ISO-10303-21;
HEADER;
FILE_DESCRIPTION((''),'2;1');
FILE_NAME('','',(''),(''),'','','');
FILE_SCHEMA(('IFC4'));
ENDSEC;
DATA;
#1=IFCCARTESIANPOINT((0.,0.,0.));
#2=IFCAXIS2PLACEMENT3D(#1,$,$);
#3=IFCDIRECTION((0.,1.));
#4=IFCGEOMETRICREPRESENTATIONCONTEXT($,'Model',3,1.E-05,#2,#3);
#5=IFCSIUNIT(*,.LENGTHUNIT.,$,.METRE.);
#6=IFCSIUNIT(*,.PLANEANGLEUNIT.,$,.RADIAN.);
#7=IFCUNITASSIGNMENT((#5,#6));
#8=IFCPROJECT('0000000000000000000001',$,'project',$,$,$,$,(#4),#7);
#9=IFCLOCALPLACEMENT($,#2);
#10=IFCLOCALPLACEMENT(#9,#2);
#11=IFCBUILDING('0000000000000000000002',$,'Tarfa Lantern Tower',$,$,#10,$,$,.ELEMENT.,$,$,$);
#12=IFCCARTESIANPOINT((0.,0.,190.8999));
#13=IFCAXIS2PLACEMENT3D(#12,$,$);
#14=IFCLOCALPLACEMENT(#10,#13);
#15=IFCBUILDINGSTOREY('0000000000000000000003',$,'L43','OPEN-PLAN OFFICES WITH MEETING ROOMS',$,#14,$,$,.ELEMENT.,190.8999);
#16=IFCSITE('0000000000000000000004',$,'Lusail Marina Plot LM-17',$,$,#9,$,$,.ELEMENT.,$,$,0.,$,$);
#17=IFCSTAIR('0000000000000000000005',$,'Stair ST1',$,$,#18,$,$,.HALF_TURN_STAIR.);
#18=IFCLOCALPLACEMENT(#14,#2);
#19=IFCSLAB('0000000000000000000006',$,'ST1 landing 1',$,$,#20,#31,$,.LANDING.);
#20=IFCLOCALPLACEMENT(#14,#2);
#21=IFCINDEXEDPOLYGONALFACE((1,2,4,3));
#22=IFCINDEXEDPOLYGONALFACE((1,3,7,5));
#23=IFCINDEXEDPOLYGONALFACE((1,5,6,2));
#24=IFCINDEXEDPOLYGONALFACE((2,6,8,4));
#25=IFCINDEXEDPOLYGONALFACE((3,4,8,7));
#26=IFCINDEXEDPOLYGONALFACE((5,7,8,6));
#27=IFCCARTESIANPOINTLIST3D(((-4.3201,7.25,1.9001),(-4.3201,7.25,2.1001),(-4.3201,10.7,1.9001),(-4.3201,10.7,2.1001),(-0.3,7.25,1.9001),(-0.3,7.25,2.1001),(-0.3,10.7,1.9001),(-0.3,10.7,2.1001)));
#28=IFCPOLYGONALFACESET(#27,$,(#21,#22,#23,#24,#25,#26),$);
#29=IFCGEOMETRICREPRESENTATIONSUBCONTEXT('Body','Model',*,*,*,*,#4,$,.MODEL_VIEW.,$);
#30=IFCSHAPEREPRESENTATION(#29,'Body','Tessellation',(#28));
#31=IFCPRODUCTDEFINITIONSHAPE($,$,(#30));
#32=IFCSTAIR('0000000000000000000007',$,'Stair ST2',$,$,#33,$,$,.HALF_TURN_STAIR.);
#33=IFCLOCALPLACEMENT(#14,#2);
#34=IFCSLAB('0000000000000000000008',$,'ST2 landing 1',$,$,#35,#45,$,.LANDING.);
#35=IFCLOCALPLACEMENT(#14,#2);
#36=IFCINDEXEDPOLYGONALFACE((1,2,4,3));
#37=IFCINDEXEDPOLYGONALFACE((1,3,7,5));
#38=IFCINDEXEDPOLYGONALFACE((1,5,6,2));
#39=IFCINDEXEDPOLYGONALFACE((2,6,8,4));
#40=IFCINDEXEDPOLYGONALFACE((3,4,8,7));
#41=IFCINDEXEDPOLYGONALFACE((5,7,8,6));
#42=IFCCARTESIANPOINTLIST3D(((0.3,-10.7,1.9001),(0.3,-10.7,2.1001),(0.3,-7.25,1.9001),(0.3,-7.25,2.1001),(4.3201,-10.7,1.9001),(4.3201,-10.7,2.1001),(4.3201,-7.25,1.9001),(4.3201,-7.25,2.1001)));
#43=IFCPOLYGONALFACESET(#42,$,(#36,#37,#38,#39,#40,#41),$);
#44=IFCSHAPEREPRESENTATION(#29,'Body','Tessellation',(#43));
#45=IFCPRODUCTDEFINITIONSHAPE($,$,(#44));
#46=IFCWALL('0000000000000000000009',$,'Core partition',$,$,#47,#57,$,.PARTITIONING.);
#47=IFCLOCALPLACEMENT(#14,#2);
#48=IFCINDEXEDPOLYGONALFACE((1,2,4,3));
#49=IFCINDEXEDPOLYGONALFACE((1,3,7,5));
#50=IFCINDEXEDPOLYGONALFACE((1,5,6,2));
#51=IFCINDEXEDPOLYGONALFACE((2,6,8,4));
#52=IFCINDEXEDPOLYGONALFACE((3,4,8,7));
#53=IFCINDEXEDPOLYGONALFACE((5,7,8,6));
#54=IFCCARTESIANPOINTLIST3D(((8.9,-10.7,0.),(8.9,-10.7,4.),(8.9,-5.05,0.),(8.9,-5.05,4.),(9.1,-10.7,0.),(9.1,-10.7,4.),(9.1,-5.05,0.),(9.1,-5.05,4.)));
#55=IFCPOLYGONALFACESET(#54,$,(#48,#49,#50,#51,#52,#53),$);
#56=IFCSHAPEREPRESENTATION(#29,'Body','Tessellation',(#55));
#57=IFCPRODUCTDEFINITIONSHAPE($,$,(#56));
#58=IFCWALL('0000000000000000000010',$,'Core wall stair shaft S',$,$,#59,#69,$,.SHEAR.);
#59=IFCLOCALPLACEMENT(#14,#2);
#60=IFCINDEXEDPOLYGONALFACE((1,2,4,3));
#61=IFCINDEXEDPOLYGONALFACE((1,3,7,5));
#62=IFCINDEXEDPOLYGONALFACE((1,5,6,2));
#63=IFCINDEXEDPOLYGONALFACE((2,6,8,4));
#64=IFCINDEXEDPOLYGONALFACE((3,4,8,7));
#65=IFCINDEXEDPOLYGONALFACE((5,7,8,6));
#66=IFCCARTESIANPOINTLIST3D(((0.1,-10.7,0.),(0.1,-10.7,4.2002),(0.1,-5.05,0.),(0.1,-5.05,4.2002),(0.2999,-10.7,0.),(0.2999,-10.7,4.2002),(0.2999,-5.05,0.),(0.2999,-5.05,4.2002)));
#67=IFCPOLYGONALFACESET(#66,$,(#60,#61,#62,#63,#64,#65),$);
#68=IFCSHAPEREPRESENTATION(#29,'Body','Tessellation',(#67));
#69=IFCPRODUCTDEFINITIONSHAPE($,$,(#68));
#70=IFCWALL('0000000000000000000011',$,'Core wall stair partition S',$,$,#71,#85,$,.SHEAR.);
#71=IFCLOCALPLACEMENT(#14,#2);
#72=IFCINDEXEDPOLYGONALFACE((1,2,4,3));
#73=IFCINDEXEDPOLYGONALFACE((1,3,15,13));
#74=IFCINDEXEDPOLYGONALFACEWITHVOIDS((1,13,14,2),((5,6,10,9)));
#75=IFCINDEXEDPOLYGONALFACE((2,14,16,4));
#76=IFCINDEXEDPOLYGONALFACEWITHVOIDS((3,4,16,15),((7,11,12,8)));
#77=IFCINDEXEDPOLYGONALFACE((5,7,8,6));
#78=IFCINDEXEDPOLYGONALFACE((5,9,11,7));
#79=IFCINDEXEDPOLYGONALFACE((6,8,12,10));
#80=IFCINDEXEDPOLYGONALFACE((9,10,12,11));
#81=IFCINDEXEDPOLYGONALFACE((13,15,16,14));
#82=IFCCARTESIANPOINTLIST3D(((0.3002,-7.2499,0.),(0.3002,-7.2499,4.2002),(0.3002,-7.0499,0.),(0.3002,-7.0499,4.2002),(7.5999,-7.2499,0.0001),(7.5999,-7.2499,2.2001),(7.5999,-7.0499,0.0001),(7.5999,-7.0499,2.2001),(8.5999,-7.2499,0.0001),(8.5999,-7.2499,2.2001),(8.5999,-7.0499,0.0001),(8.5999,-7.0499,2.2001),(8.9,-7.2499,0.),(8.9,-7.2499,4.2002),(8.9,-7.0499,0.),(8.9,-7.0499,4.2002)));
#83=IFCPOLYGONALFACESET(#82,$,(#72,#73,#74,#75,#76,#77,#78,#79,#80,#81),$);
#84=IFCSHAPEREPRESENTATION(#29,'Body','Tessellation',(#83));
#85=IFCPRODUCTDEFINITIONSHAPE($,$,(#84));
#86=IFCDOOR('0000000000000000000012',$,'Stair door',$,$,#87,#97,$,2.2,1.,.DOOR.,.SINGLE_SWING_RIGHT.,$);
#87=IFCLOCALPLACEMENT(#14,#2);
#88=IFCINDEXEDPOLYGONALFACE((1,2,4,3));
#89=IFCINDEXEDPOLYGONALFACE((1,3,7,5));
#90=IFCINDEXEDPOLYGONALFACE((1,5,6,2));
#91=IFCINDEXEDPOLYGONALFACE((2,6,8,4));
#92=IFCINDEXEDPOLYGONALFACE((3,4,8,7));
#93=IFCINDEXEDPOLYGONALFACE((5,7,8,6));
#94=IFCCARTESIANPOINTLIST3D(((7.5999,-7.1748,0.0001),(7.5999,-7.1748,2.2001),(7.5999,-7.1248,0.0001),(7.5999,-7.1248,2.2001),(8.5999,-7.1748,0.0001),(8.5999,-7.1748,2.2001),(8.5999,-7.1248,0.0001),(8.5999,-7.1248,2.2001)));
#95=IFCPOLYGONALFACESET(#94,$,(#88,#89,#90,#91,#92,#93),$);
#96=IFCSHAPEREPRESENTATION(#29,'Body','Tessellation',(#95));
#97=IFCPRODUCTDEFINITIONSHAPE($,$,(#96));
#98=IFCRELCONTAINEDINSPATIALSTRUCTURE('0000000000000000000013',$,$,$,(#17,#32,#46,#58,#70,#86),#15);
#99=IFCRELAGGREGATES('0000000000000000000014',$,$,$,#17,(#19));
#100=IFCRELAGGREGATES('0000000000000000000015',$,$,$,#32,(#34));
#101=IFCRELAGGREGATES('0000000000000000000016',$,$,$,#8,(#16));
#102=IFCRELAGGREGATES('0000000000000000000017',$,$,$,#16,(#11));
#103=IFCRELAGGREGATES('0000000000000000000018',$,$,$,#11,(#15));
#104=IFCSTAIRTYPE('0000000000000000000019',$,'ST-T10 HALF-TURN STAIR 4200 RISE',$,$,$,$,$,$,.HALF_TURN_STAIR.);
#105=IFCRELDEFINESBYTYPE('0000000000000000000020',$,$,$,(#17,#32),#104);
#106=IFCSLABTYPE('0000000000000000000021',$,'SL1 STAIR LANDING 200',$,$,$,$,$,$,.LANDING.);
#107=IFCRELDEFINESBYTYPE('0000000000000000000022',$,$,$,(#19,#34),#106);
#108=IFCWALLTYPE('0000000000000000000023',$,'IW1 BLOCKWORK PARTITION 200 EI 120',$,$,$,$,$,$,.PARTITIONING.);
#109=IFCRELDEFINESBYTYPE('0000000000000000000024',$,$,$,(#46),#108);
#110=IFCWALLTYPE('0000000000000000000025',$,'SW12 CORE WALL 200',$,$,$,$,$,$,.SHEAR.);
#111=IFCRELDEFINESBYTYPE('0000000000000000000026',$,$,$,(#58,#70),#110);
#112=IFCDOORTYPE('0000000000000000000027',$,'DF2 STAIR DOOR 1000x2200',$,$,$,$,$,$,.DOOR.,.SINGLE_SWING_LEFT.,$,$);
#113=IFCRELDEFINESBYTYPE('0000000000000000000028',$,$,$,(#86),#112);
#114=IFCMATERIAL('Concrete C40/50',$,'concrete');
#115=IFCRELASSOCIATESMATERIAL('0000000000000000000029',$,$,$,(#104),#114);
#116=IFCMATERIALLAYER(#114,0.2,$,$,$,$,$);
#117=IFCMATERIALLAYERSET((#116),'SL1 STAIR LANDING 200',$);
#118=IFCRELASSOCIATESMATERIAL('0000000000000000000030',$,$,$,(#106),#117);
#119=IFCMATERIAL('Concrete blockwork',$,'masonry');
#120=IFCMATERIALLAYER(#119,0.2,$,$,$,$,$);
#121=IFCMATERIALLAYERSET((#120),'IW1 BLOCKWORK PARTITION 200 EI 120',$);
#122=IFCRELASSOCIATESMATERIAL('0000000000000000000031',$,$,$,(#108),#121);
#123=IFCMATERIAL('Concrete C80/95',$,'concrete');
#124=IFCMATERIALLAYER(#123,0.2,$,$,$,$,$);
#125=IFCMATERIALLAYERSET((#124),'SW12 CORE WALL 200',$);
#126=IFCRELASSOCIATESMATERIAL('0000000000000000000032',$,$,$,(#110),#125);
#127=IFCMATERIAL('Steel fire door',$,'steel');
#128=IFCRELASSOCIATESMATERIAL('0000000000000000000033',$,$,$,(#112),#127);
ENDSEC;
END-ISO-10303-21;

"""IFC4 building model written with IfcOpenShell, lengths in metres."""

from ifc_helpers import new_model, si_unit, direction, frame, frame_2d, origin, place, context, subcontext, project, spatial, polyline, rectangle, outline, extrude, material, layer, layer_set, type_object, element, fill, aggregate, save


model = new_model("IFC4")

# Units and contexts
model_context = context("Model", 3, precision=1e-05, world=origin(), true_north=direction((0.0, 1.0)))
body_context = subcontext(model_context, "Body", "Model", "MODEL_VIEW")
ifc_project = project(units=[si_unit("LENGTHUNIT", "METRE"), si_unit("PLANEANGLEUNIT", "RADIAN")], contexts=[model_context])

# Site, building, storey
site_placement = place(None, origin())
site = spatial("IfcSite", under=ifc_project, at=site_placement, Name="Lusail Marina Plot LM-17", CompositionType="ELEMENT", RefElevation=0.0)
building_placement = place(site_placement, origin())
building = spatial("IfcBuilding", under=site, at=building_placement, Name="Tarfa Lantern Tower", CompositionType="ELEMENT")
storey_placement = place(building_placement, frame((0.0, 0.0, 190.8999)))
storey = spatial("IfcBuildingStorey", under=building, at=storey_placement, Name="L43", Description="OPEN-PLAN OFFICES WITH MEETING ROOMS", CompositionType="ELEMENT", Elevation=190.8999)

# Stairs, slabs
ifc_material_1 = material(Name="Concrete C40/50", Category="concrete")
stair_type = type_object("IfcStairType", Name="ST-T10 HALF-TURN STAIR 4200 RISE", PredefinedType="HALF_TURN_STAIR", material=ifc_material_1)
stair_1_placement = place(storey_placement, origin())
stair_1 = element("IfcStair", 1, at=stair_1_placement, inside=storey, type_object=stair_type, Name="Stair ST1", PredefinedType="HALF_TURN_STAIR")
ifc_layer_1 = layer(ifc_material_1, 0.2)
ifc_layer_set_1 = layer_set([ifc_layer_1], Name="SL1 STAIR LANDING 200")
slab_type = type_object("IfcSlabType", Name="SL1 STAIR LANDING 200", PredefinedType="LANDING", material=ifc_layer_set_1)
slab_1_placement = place(storey_placement, frame((0.0, 0.0, 1.9001)))
slab_1 = element("IfcSlab", 2, at=slab_1_placement, type_object=slab_type, Name="ST1 landing 1", PredefinedType="LANDING", context=body_context, shape_type="SweptSolid", body=[
    extrude(outline(polyline([(-4.3201, 7.25), (-0.3, 7.25), (-0.3, 10.7), (-4.3201, 10.7), (-4.3201, 7.25)])), origin(), (0.0, 0.0, 1.0), 0.2),
])
aggregate(stair_1, [slab_1])
stair_2_placement = place(storey_placement, origin())
stair_2 = element("IfcStair", 3, at=stair_2_placement, inside=storey, type_object=stair_type, Name="Stair ST2", PredefinedType="HALF_TURN_STAIR")
slab_2_placement = place(storey_placement, frame((0.0, 0.0, 1.9001)))
slab_2 = element("IfcSlab", 4, at=slab_2_placement, type_object=slab_type, Name="ST2 landing 1", PredefinedType="LANDING", context=body_context, shape_type="SweptSolid", body=[
    extrude(outline(polyline([(4.3201, -7.25), (0.3, -7.25), (0.3, -10.7), (4.3201, -10.7), (4.3201, -7.25)])), origin(), (0.0, 0.0, 1.0), 0.2),
])
aggregate(stair_2, [slab_2])

# Walls
ifc_material_2 = material(Name="Concrete blockwork", Category="masonry")
ifc_layer_2 = layer(ifc_material_2, 0.2)
ifc_layer_set_2 = layer_set([ifc_layer_2], Name="IW1 BLOCKWORK PARTITION 200 EI 120")
wall_type_1 = type_object("IfcWallType", Name="IW1 BLOCKWORK PARTITION 200 EI 120", PredefinedType="PARTITIONING", material=ifc_layer_set_2)
wall_1_placement = place(storey_placement, frame((9.0, -5.05, 0.0), z_axis=(0.0, 0.0, 1.0), x_axis=(0.0, -1.0, 0.0)))
element("IfcWall", 5, at=wall_1_placement, inside=storey, type_object=wall_type_1, Name="Core partition", PredefinedType="PARTITIONING", context=body_context, shape_type="SweptSolid", body=[
    extrude(rectangle(XDim=5.6499, YDim=0.2, at=frame_2d((2.825, 0.0))), origin(), (0.0, 0.0, 1.0), 4.0),
])
ifc_material_3 = material(Name="Concrete C80/95", Category="concrete")
ifc_layer_3 = layer(ifc_material_3, 0.2)
ifc_layer_set_3 = layer_set([ifc_layer_3], Name="SW12 CORE WALL 200")
wall_type_2 = type_object("IfcWallType", Name="SW12 CORE WALL 200", PredefinedType="SHEAR", material=ifc_layer_set_3)
wall_2_placement = place(storey_placement, frame((0.2, -5.05, 0.0), z_axis=(0.0, 0.0, 1.0), x_axis=(0.0, -1.0, 0.0)))
element("IfcWall", 6, at=wall_2_placement, inside=storey, type_object=wall_type_2, Name="Core wall stair shaft S", PredefinedType="SHEAR", context=body_context, shape_type="SweptSolid", body=[
    extrude(rectangle(XDim=5.6499, YDim=0.2, at=frame_2d((2.825, 0.0))), origin(), (0.0, 0.0, 1.0), 4.2002),
])

# Wall, opening, door
wall_3_placement = place(storey_placement, frame((8.8999, -7.1499, 0.0), z_axis=(0.0, 0.0, 1.0), x_axis=(-1.0, 0.0, 0.0)))
wall_3 = element("IfcWall", 7, at=wall_3_placement, inside=storey, type_object=wall_type_2, Name="Core wall stair partition S", PredefinedType="SHEAR", context=body_context, shape_type="SweptSolid", body=[
    extrude(rectangle(XDim=8.5999, YDim=0.2, at=frame_2d((4.2998, 0.0))), origin(), (0.0, 0.0, 1.0), 4.2002),
])
opening_1_placement = place(wall_3_placement, frame((0.3, 0.0, 0.0)))
opening_1 = element("IfcOpeningElement", 8, at=opening_1_placement, cuts=wall_3, PredefinedType="OPENING", context=body_context, shape_type="SweptSolid", body=[
    extrude(rectangle(XDim=1.0, YDim=2.2, at=frame_2d((0.5, 1.1001))), frame((0.0, 0.1099, 0.0), z_axis=(0.0, -1.0, 0.0), x_axis=(1.0, 0.0, 0.0)), (0.0, 0.0, 1.0), 0.22),
])
ifc_material_4 = material(Name="Steel fire door", Category="steel")
door_type_1 = type_object("IfcDoorType", Name="DF2 STAIR DOOR 1000x2200", OperationType="SINGLE_SWING_LEFT", PredefinedType="DOOR", material=ifc_material_4)
door_1_placement = place(opening_1_placement, origin())
door_1 = element("IfcDoor", 9, at=door_1_placement, inside=storey, type_object=door_type_1, Name="Stair door", OperationType="SINGLE_SWING_RIGHT", OverallHeight=2.2, OverallWidth=1.0, PredefinedType="DOOR", context=body_context, shape_type="SweptSolid", body=[
    extrude(rectangle(XDim=1.0, YDim=2.2, at=frame_2d((0.5, 1.1001))), frame((0.0, 0.0249, 0.0), z_axis=(0.0, -1.0, 0.0), x_axis=(1.0, 0.0, 0.0)), (0.0, 0.0, 1.0), 0.05),
])
fill(opening_1, door_1)

save(model, "model.ifc")
